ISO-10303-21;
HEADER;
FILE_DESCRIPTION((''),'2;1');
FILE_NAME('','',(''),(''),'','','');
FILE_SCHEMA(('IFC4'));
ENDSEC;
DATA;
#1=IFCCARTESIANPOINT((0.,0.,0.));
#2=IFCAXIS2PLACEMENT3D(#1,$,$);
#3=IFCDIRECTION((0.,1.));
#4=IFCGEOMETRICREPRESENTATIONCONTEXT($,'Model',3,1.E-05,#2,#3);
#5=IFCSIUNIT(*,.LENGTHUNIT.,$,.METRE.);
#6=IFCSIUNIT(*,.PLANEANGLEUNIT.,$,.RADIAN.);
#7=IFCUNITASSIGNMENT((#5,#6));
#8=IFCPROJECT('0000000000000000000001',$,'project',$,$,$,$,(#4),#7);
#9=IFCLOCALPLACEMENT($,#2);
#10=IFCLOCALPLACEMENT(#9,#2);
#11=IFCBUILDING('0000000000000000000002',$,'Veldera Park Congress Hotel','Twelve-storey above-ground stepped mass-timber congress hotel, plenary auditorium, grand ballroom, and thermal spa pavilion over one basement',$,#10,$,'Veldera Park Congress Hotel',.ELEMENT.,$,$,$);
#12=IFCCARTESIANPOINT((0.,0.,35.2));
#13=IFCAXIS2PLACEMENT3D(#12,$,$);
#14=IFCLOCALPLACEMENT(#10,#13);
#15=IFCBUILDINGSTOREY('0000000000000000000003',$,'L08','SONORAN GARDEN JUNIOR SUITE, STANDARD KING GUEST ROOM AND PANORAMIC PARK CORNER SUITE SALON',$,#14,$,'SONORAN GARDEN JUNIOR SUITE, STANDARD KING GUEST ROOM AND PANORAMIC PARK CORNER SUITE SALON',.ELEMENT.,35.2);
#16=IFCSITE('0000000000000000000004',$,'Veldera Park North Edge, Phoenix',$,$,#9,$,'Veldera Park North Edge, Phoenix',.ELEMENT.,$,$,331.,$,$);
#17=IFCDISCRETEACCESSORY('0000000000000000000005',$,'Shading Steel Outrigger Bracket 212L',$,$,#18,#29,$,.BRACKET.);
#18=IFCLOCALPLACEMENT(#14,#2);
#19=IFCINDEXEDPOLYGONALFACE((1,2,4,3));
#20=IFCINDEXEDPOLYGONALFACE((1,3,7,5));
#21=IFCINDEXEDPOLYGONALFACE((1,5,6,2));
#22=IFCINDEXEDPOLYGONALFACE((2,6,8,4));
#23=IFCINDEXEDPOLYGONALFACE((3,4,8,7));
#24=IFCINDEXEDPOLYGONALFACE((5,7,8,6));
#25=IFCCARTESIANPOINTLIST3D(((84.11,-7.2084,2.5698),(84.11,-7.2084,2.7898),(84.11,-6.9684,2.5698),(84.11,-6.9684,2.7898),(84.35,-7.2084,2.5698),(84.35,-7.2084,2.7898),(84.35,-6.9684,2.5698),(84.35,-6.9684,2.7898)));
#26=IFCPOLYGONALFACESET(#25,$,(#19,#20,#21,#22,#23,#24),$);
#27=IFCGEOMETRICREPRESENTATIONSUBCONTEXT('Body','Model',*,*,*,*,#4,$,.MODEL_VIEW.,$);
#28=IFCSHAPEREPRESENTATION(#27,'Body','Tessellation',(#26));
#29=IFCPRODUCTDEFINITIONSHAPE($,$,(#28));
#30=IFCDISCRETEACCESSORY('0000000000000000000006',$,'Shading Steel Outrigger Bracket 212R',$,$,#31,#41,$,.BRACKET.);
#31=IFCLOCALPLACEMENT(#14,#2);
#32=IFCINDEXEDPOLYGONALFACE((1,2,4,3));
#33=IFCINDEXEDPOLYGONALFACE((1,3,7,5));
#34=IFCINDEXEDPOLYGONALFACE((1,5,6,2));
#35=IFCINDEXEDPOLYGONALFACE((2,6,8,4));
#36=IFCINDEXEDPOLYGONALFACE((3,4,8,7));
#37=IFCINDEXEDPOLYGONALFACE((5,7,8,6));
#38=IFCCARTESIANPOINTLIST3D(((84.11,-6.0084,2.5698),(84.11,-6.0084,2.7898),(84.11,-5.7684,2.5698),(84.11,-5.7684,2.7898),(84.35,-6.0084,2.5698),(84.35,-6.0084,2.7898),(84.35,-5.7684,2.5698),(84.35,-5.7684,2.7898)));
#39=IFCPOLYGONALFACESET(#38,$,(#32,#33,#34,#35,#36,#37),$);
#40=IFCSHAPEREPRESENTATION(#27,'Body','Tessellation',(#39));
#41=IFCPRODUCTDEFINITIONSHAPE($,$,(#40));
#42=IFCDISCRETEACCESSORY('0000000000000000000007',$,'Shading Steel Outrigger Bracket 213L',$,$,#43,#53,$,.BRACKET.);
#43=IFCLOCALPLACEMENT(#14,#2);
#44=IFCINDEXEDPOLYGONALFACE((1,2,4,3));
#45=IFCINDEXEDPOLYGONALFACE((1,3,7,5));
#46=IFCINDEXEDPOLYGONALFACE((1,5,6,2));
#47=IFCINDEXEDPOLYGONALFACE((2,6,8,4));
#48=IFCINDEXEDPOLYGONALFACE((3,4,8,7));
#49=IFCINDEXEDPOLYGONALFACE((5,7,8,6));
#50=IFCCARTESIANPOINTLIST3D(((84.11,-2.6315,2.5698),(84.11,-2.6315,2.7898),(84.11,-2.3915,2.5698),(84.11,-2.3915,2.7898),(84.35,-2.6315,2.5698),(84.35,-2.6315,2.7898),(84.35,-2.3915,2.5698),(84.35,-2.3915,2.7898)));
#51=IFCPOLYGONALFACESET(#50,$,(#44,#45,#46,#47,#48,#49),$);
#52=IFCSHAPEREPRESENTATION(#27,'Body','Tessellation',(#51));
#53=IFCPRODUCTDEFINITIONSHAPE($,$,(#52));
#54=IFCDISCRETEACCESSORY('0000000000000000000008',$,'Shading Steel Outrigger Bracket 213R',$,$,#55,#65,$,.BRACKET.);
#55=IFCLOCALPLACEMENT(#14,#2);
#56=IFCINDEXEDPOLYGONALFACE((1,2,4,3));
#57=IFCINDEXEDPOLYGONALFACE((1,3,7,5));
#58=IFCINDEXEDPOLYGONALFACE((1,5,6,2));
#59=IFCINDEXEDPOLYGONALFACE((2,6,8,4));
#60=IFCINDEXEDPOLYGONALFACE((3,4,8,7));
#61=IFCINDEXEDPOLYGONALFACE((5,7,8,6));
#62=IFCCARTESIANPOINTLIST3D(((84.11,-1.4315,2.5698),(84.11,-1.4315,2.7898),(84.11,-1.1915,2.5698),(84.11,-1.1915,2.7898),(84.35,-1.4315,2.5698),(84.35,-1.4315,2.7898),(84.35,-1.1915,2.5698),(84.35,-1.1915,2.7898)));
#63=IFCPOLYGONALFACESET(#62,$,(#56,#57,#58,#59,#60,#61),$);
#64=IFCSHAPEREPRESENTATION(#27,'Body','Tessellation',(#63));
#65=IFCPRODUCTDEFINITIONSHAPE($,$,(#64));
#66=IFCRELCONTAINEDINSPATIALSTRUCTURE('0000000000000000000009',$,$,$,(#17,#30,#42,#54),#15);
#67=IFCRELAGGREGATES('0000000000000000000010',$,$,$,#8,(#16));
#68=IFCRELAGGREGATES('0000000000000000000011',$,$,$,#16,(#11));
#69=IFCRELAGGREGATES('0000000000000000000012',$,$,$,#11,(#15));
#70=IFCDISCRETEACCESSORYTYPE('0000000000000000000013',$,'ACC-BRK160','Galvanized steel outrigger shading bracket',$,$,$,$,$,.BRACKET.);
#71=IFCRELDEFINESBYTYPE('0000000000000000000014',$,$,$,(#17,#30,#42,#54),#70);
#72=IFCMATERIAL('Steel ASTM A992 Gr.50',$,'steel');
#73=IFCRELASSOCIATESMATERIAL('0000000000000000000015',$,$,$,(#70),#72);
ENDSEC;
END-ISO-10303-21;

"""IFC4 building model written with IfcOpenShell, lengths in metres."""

from ifc_helpers import new_model, si_unit, direction, frame, origin, origin_2d, place, context, subcontext, project, spatial, rectangle, extrude, material, type_object, element, save


model = new_model("IFC4")

# Units and contexts
model_context = context("Model", 3, precision=1e-05, world=origin(), true_north=direction((0.0, 1.0)))
body_context = subcontext(model_context, "Body", "Model", "MODEL_VIEW")
ifc_project = project(units=[si_unit("LENGTHUNIT", "METRE"), si_unit("PLANEANGLEUNIT", "RADIAN")], contexts=[model_context])

# Site, building, storey
site_placement = place(None, origin())
site = spatial("IfcSite", under=ifc_project, at=site_placement, Name="Veldera Park North Edge, Phoenix", LongName="Veldera Park North Edge, Phoenix", CompositionType="ELEMENT", RefElevation=331.0)
building_placement = place(site_placement, origin())
building = spatial("IfcBuilding", under=site, at=building_placement, Name="Veldera Park Congress Hotel", Description="Twelve-storey above-ground stepped mass-timber congress hotel, plenary auditorium, grand ballroom, and thermal spa pavilion over one basement", LongName="Veldera Park Congress Hotel", CompositionType="ELEMENT")
storey_placement = place(building_placement, frame((0.0, 0.0, 35.2)))
storey = spatial("IfcBuildingStorey", under=building, at=storey_placement, Name="L08", Description="SONORAN GARDEN JUNIOR SUITE, STANDARD KING GUEST ROOM AND PANORAMIC PARK CORNER SUITE SALON", LongName="SONORAN GARDEN JUNIOR SUITE, STANDARD KING GUEST ROOM AND PANORAMIC PARK CORNER SUITE SALON", CompositionType="ELEMENT", Elevation=35.2)

# Shared definitions
ifc_material_1 = material(Name="Steel ASTM A992 Gr.50", Category="steel")

# Discrete accessories
discrete_accessory_type = type_object("IfcDiscreteAccessoryType", Name="ACC-BRK160", Description="Galvanized steel outrigger shading bracket", PredefinedType="BRACKET", material=ifc_material_1)
for number, where, z_axis, x_axis, name in (
    (1, (84.23, -7.0884, 2.5698), (0.0, 0.0, 1.0), (0.0, 1.0, 0.0), "Shading Steel Outrigger Bracket 212L"),
    (2, (84.23, -5.8884, 2.5698), (0.0, 0.0, 1.0), (0.0, 1.0, 0.0), "Shading Steel Outrigger Bracket 212R"),
    (3, (84.23, -2.5115, 2.5698), (0.0, 0.0, 1.0), (0.0, 1.0, 0.0), "Shading Steel Outrigger Bracket 213L"),
    (4, (84.23, -1.3115, 2.5698), (0.0, 0.0, 1.0), (0.0, 1.0, 0.0), "Shading Steel Outrigger Bracket 213R"),
):
    element("IfcDiscreteAccessory", number, at=place(storey_placement, frame(where, z_axis=z_axis, x_axis=x_axis)), inside=storey, type_object=discrete_accessory_type, Name=name, PredefinedType="BRACKET", context=body_context, shape_type="SweptSolid", body=[
        extrude(rectangle(XDim=0.24, YDim=0.24, at=origin_2d()), origin(), (0.0, 0.0, 1.0), 0.22),
    ])

save(model, "model.ifc")
